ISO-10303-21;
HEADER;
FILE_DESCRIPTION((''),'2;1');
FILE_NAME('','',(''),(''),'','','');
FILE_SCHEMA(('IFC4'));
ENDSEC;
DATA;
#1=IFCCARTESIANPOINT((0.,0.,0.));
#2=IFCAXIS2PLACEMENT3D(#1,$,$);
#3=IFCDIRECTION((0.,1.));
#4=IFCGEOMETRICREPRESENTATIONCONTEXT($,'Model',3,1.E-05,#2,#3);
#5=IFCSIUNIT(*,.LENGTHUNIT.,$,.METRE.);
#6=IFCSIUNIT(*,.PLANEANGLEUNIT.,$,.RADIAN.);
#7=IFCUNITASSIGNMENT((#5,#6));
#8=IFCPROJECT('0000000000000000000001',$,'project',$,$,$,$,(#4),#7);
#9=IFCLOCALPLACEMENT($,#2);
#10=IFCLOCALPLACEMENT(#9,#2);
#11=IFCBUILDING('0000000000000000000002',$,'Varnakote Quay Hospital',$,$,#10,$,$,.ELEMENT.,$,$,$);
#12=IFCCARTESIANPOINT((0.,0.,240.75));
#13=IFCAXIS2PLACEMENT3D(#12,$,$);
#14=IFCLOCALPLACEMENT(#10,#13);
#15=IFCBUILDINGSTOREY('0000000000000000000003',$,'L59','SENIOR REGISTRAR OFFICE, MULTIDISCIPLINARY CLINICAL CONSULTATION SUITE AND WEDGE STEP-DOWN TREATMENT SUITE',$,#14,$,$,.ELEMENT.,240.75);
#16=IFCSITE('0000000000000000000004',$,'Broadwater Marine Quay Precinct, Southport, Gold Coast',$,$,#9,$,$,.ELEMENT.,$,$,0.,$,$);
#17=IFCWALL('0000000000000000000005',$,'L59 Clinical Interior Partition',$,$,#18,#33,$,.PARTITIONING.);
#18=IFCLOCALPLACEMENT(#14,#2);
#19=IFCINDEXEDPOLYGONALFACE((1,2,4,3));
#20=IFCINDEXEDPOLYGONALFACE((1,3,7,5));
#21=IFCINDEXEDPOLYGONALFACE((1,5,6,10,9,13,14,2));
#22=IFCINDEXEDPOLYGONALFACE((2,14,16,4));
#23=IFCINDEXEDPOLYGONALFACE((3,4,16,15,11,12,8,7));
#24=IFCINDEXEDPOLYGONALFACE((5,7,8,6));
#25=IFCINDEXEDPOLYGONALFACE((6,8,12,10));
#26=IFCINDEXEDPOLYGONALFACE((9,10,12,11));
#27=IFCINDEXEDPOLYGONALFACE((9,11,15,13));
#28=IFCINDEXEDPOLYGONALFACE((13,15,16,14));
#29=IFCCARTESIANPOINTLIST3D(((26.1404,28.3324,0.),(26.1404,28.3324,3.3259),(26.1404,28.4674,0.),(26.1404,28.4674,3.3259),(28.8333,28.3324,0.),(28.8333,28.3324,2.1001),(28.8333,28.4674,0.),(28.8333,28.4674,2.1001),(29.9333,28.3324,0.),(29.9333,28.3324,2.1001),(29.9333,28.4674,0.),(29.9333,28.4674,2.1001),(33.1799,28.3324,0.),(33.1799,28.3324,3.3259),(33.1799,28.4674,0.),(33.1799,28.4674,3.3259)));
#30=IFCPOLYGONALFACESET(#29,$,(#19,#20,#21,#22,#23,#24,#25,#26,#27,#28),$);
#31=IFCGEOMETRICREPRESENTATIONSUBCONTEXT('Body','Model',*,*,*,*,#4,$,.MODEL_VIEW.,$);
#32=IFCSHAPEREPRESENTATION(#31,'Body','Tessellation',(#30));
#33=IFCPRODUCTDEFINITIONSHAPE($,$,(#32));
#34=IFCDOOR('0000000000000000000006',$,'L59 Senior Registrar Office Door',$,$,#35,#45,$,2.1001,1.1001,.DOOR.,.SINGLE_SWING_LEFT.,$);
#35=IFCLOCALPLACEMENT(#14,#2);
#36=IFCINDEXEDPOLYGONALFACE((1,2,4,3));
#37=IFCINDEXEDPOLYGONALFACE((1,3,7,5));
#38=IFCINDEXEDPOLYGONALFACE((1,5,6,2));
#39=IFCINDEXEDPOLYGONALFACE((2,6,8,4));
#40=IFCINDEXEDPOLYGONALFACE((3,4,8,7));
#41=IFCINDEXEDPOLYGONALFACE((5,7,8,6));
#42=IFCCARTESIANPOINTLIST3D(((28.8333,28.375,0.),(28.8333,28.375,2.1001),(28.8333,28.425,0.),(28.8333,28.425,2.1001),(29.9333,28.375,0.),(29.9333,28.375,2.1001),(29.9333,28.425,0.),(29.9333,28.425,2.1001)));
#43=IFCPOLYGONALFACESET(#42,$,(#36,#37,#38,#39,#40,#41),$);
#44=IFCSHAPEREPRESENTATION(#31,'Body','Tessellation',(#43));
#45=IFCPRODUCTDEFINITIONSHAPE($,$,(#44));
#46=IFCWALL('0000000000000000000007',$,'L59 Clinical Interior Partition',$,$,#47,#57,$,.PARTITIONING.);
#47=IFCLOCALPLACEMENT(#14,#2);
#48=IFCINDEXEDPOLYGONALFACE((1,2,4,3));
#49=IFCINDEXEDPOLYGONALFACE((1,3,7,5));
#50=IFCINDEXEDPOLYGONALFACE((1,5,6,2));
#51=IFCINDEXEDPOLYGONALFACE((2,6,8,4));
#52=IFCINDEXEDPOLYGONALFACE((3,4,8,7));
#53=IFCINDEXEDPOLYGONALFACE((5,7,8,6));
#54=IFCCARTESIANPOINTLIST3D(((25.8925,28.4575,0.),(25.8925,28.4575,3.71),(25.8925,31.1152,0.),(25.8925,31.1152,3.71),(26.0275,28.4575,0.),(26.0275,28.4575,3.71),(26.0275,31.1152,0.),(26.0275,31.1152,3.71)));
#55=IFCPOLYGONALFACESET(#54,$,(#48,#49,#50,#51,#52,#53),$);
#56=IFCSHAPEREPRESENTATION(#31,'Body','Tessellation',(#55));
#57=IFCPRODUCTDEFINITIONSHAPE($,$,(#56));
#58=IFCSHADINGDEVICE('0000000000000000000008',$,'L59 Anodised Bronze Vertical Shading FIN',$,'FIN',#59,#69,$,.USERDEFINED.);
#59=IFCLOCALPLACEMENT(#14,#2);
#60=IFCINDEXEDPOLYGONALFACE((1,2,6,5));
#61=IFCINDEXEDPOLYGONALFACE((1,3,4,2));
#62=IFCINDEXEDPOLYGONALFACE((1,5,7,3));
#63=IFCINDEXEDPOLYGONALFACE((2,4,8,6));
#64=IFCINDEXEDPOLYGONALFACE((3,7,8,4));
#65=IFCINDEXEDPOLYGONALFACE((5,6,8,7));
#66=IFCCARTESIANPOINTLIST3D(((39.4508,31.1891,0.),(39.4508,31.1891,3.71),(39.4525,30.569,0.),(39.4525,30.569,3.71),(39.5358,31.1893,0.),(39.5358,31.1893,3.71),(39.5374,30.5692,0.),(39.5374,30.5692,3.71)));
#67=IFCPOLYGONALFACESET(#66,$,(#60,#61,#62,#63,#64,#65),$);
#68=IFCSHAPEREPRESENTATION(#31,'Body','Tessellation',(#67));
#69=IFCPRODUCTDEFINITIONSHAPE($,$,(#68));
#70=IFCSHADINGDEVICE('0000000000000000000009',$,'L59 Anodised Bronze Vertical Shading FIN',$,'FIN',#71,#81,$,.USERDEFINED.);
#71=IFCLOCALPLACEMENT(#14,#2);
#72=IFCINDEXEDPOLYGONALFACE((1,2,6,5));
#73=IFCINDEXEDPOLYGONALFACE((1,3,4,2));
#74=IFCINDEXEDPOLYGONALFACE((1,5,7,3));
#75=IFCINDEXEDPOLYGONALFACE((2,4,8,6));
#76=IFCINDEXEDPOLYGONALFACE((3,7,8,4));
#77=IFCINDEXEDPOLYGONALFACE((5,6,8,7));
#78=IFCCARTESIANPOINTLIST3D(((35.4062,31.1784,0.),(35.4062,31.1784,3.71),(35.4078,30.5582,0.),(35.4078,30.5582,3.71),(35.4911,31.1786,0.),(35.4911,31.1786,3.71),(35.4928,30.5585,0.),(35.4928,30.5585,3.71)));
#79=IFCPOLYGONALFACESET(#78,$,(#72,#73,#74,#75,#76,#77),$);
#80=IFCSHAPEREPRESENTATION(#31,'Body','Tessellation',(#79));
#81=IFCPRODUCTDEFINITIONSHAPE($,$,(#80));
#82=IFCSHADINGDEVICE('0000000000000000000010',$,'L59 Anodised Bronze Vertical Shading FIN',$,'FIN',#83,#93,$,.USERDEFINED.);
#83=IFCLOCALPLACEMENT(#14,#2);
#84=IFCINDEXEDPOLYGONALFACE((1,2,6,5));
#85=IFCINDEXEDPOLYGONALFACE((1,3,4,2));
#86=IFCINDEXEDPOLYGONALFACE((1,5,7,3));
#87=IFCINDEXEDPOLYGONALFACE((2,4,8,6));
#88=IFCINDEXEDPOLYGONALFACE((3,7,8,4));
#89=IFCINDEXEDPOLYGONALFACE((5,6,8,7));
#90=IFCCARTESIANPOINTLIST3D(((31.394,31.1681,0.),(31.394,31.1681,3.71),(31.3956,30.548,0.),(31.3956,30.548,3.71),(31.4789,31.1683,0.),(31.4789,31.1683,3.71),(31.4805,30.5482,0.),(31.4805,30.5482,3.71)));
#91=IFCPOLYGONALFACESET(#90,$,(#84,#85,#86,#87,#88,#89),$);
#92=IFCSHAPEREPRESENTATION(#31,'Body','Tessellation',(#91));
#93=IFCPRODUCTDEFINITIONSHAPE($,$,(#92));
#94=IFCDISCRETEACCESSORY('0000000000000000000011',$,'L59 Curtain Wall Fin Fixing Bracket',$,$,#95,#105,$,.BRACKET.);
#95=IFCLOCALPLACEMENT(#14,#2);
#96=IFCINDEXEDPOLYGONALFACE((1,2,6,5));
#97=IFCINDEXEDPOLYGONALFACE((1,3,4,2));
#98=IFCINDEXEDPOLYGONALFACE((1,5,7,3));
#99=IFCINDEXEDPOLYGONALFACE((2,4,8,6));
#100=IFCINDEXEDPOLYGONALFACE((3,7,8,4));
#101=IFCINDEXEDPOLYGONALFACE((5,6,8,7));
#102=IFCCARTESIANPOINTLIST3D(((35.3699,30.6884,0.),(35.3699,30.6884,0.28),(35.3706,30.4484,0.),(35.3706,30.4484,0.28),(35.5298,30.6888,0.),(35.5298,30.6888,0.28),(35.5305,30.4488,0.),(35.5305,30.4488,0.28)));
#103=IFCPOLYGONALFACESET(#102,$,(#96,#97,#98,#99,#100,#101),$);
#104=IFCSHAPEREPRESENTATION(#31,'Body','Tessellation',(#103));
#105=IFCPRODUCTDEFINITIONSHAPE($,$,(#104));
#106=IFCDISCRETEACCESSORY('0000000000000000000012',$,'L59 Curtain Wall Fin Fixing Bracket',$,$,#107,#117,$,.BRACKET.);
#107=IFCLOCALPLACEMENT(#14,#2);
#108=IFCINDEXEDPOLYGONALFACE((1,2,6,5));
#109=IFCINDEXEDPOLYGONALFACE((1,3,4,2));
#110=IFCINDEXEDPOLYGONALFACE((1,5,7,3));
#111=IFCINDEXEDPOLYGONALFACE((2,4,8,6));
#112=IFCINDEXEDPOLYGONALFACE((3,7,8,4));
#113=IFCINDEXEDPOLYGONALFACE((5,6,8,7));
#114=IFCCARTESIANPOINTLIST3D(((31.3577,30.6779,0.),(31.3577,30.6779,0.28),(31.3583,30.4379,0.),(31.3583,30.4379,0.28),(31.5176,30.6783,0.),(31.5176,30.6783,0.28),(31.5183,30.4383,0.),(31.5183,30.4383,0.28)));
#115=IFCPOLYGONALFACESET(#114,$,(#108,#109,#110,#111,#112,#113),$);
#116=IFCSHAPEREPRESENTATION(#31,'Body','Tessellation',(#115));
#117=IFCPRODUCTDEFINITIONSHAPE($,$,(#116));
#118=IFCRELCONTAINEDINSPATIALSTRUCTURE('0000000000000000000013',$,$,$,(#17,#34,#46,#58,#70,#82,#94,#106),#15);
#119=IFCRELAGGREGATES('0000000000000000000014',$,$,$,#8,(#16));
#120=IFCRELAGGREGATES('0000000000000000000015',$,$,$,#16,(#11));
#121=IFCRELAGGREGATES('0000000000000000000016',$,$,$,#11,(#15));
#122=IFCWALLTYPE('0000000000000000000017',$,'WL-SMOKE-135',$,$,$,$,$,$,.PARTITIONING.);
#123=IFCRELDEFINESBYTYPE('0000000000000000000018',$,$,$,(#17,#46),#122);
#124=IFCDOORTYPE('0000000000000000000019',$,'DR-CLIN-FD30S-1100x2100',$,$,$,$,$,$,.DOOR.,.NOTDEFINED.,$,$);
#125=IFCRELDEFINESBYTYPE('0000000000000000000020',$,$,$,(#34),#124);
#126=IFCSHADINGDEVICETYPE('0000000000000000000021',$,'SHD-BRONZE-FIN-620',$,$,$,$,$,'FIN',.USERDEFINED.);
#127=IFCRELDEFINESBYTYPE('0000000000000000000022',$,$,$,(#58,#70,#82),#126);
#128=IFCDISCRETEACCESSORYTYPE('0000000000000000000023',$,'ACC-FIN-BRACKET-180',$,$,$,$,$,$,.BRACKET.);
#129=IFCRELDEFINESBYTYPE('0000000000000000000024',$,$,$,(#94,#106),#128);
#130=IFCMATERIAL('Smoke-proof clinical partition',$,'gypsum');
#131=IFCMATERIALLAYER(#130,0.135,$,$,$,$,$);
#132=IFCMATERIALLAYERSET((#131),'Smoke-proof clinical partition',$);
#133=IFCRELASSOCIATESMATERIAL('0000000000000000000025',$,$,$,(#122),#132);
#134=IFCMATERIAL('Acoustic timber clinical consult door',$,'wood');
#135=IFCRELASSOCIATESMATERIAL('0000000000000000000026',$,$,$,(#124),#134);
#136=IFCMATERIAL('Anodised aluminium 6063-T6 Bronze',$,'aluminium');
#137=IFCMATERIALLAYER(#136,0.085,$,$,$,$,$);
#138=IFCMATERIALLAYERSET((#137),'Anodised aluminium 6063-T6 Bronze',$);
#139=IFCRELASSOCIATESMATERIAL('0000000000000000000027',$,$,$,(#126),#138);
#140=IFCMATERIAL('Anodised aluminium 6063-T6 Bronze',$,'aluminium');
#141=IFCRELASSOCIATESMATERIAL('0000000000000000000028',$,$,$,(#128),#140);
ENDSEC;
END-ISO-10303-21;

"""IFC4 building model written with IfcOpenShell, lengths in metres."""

from ifc_helpers import new_model, si_unit, direction, frame, frame_2d, origin, origin_2d, place, context, subcontext, project, spatial, rectangle, extrude, material, layer, layer_set, type_object, element, fill, save


model = new_model("IFC4")

# Units and contexts
model_context = context("Model", 3, precision=1e-05, world=origin(), true_north=direction((0.0, 1.0)))
body_context = subcontext(model_context, "Body", "Model", "MODEL_VIEW")
ifc_project = project(units=[si_unit("LENGTHUNIT", "METRE"), si_unit("PLANEANGLEUNIT", "RADIAN")], contexts=[model_context])

# Site, building, storey
site_placement = place(None, origin())
site = spatial("IfcSite", under=ifc_project, at=site_placement, Name="Broadwater Marine Quay Precinct, Southport, Gold Coast", CompositionType="ELEMENT", RefElevation=0.0)
building_placement = place(site_placement, origin())
building = spatial("IfcBuilding", under=site, at=building_placement, Name="Varnakote Quay Hospital", CompositionType="ELEMENT")
storey_placement = place(building_placement, frame((0.0, 0.0, 240.75)))
storey = spatial("IfcBuildingStorey", under=building, at=storey_placement, Name="L59", Description="SENIOR REGISTRAR OFFICE, MULTIDISCIPLINARY CLINICAL CONSULTATION SUITE AND WEDGE STEP-DOWN TREATMENT SUITE", CompositionType="ELEMENT", Elevation=240.75)

# Shared definitions
ifc_material_1 = material(Name="Smoke-proof clinical partition", Category="gypsum")
ifc_layer_1 = layer(ifc_material_1, 0.135)
ifc_layer_set_1 = layer_set([ifc_layer_1], Name="Smoke-proof clinical partition")
wall_type_1 = type_object("IfcWallType", Name="WL-SMOKE-135", PredefinedType="PARTITIONING", material=ifc_layer_set_1)
ifc_material_2 = material(Name="Acoustic timber clinical consult door", Category="wood")
door_type = type_object("IfcDoorType", Name="DR-CLIN-FD30S-1100x2100", OperationType="NOTDEFINED", PredefinedType="DOOR", material=ifc_material_2)

# Wall, opening, door
wall_1_placement = place(storey_placement, frame((33.1799, 28.3999, 0.0), z_axis=(0.0, 0.0, 1.0), x_axis=(-1.0, 0.0, 0.0)))
wall_1 = element("IfcWall", 1, at=wall_1_placement, inside=storey, type_object=wall_type_1, Name="L59 Clinical Interior Partition", PredefinedType="PARTITIONING", context=body_context, shape_type="SweptSolid", body=[
    extrude(rectangle(XDim=7.0396, YDim=0.135, at=frame_2d((3.5198, 0.0))), origin(), (0.0, 0.0, 1.0), 3.3259),
])
opening_1_placement = place(wall_1_placement, frame((3.2466, 0.0, 0.0)))
opening_1 = element("IfcOpeningElement", 2, at=opening_1_placement, cuts=wall_1, PredefinedType="OPENING", context=body_context, shape_type="SweptSolid", body=[
    extrude(rectangle(XDim=1.1001, YDim=2.1001, at=frame_2d((0.55, 1.05))), frame((0.0, 0.0774, 0.0), z_axis=(0.0, -1.0, 0.0), x_axis=(1.0, 0.0, 0.0)), (0.0, 0.0, 1.0), 0.155),
])
door_1_placement = place(opening_1_placement, origin())
door_1 = element("IfcDoor", 3, at=door_1_placement, inside=storey, type_object=door_type, Name="L59 Senior Registrar Office Door", OperationType="SINGLE_SWING_LEFT", OverallHeight=2.1001, OverallWidth=1.1001, PredefinedType="DOOR", context=body_context, shape_type="SweptSolid", body=[
    extrude(rectangle(XDim=1.1001, YDim=2.1001, at=frame_2d((0.55, 1.05))), frame((0.0, 0.0249, 0.0), z_axis=(0.0, -1.0, 0.0), x_axis=(1.0, 0.0, 0.0)), (0.0, 0.0, 1.0), 0.05),
])
fill(opening_1, door_1)

# Wall
wall_2_placement = place(storey_placement, frame((25.96, 28.4575, 0.0), z_axis=(0.0, 0.0, 1.0), x_axis=(0.0, 1.0, 0.0)))
element("IfcWall", 4, at=wall_2_placement, inside=storey, type_object=wall_type_1, Name="L59 Clinical Interior Partition", PredefinedType="PARTITIONING", context=body_context, shape_type="SweptSolid", body=[
    extrude(rectangle(XDim=2.6577, YDim=0.135, at=frame_2d((1.3289, 0.0))), origin(), (0.0, 0.0, 1.0), 3.71),
])

# Shading devices
ifc_material_3 = material(Name="Anodised aluminium 6063-T6 Bronze", Category="aluminium")
ifc_layer_2 = layer(ifc_material_3, 0.085)
ifc_layer_set_2 = layer_set([ifc_layer_2], Name="Anodised aluminium 6063-T6 Bronze")
shading_device_type = type_object("IfcShadingDeviceType", Name="SHD-BRONZE-FIN-620", ElementType="FIN", PredefinedType="USERDEFINED", material=ifc_layer_set_2)
for number, where, z_axis, x_axis, name in (
    (5, (39.4941, 30.8792, 0.0), (0.0, 0.0, 1.0), (0.002618, -0.999997, 0.0), "L59 Anodised Bronze Vertical Shading FIN"),
    (6, (35.4495, 30.8684, 0.0), (0.0, 0.0, 1.0), (0.002618, -0.999997, 0.0), "L59 Anodised Bronze Vertical Shading FIN"),
    (7, (31.4373, 30.8582, 0.0), (0.0, 0.0, 1.0), (0.002618, -0.999997, 0.0), "L59 Anodised Bronze Vertical Shading FIN"),
):
    element("IfcShadingDevice", number, at=place(storey_placement, frame(where, z_axis=z_axis, x_axis=x_axis)), inside=storey, type_object=shading_device_type, Name=name, ObjectType="FIN", PredefinedType="USERDEFINED", context=body_context, shape_type="SweptSolid", body=[
        extrude(rectangle(XDim=0.6201, YDim=0.085, at=origin_2d()), origin(), (0.0, 0.0, 1.0), 3.71),
    ])

# Discrete accessories
ifc_material_4 = material(Name="Anodised aluminium 6063-T6 Bronze", Category="aluminium")
discrete_accessory_type = type_object("IfcDiscreteAccessoryType", Name="ACC-FIN-BRACKET-180", PredefinedType="BRACKET", material=ifc_material_4)
for number, where, z_axis, x_axis, name in (
    (8, (35.4502, 30.5686, 0.0), (0.0, 0.0, 1.0), (-0.999997, -0.002618, 0.0), "L59 Curtain Wall Fin Fixing Bracket"),
    (9, (31.438, 30.5581, 0.0), (0.0, 0.0, 1.0), (-0.999997, -0.002618, 0.0), "L59 Curtain Wall Fin Fixing Bracket"),
):
    element("IfcDiscreteAccessory", number, at=place(storey_placement, frame(where, z_axis=z_axis, x_axis=x_axis)), inside=storey, type_object=discrete_accessory_type, Name=name, PredefinedType="BRACKET", context=body_context, shape_type="SweptSolid", body=[
        extrude(rectangle(XDim=0.1599, YDim=0.24, at=origin_2d()), origin(), (0.0, 0.0, 1.0), 0.28),
    ])

save(model, "model.ifc")
